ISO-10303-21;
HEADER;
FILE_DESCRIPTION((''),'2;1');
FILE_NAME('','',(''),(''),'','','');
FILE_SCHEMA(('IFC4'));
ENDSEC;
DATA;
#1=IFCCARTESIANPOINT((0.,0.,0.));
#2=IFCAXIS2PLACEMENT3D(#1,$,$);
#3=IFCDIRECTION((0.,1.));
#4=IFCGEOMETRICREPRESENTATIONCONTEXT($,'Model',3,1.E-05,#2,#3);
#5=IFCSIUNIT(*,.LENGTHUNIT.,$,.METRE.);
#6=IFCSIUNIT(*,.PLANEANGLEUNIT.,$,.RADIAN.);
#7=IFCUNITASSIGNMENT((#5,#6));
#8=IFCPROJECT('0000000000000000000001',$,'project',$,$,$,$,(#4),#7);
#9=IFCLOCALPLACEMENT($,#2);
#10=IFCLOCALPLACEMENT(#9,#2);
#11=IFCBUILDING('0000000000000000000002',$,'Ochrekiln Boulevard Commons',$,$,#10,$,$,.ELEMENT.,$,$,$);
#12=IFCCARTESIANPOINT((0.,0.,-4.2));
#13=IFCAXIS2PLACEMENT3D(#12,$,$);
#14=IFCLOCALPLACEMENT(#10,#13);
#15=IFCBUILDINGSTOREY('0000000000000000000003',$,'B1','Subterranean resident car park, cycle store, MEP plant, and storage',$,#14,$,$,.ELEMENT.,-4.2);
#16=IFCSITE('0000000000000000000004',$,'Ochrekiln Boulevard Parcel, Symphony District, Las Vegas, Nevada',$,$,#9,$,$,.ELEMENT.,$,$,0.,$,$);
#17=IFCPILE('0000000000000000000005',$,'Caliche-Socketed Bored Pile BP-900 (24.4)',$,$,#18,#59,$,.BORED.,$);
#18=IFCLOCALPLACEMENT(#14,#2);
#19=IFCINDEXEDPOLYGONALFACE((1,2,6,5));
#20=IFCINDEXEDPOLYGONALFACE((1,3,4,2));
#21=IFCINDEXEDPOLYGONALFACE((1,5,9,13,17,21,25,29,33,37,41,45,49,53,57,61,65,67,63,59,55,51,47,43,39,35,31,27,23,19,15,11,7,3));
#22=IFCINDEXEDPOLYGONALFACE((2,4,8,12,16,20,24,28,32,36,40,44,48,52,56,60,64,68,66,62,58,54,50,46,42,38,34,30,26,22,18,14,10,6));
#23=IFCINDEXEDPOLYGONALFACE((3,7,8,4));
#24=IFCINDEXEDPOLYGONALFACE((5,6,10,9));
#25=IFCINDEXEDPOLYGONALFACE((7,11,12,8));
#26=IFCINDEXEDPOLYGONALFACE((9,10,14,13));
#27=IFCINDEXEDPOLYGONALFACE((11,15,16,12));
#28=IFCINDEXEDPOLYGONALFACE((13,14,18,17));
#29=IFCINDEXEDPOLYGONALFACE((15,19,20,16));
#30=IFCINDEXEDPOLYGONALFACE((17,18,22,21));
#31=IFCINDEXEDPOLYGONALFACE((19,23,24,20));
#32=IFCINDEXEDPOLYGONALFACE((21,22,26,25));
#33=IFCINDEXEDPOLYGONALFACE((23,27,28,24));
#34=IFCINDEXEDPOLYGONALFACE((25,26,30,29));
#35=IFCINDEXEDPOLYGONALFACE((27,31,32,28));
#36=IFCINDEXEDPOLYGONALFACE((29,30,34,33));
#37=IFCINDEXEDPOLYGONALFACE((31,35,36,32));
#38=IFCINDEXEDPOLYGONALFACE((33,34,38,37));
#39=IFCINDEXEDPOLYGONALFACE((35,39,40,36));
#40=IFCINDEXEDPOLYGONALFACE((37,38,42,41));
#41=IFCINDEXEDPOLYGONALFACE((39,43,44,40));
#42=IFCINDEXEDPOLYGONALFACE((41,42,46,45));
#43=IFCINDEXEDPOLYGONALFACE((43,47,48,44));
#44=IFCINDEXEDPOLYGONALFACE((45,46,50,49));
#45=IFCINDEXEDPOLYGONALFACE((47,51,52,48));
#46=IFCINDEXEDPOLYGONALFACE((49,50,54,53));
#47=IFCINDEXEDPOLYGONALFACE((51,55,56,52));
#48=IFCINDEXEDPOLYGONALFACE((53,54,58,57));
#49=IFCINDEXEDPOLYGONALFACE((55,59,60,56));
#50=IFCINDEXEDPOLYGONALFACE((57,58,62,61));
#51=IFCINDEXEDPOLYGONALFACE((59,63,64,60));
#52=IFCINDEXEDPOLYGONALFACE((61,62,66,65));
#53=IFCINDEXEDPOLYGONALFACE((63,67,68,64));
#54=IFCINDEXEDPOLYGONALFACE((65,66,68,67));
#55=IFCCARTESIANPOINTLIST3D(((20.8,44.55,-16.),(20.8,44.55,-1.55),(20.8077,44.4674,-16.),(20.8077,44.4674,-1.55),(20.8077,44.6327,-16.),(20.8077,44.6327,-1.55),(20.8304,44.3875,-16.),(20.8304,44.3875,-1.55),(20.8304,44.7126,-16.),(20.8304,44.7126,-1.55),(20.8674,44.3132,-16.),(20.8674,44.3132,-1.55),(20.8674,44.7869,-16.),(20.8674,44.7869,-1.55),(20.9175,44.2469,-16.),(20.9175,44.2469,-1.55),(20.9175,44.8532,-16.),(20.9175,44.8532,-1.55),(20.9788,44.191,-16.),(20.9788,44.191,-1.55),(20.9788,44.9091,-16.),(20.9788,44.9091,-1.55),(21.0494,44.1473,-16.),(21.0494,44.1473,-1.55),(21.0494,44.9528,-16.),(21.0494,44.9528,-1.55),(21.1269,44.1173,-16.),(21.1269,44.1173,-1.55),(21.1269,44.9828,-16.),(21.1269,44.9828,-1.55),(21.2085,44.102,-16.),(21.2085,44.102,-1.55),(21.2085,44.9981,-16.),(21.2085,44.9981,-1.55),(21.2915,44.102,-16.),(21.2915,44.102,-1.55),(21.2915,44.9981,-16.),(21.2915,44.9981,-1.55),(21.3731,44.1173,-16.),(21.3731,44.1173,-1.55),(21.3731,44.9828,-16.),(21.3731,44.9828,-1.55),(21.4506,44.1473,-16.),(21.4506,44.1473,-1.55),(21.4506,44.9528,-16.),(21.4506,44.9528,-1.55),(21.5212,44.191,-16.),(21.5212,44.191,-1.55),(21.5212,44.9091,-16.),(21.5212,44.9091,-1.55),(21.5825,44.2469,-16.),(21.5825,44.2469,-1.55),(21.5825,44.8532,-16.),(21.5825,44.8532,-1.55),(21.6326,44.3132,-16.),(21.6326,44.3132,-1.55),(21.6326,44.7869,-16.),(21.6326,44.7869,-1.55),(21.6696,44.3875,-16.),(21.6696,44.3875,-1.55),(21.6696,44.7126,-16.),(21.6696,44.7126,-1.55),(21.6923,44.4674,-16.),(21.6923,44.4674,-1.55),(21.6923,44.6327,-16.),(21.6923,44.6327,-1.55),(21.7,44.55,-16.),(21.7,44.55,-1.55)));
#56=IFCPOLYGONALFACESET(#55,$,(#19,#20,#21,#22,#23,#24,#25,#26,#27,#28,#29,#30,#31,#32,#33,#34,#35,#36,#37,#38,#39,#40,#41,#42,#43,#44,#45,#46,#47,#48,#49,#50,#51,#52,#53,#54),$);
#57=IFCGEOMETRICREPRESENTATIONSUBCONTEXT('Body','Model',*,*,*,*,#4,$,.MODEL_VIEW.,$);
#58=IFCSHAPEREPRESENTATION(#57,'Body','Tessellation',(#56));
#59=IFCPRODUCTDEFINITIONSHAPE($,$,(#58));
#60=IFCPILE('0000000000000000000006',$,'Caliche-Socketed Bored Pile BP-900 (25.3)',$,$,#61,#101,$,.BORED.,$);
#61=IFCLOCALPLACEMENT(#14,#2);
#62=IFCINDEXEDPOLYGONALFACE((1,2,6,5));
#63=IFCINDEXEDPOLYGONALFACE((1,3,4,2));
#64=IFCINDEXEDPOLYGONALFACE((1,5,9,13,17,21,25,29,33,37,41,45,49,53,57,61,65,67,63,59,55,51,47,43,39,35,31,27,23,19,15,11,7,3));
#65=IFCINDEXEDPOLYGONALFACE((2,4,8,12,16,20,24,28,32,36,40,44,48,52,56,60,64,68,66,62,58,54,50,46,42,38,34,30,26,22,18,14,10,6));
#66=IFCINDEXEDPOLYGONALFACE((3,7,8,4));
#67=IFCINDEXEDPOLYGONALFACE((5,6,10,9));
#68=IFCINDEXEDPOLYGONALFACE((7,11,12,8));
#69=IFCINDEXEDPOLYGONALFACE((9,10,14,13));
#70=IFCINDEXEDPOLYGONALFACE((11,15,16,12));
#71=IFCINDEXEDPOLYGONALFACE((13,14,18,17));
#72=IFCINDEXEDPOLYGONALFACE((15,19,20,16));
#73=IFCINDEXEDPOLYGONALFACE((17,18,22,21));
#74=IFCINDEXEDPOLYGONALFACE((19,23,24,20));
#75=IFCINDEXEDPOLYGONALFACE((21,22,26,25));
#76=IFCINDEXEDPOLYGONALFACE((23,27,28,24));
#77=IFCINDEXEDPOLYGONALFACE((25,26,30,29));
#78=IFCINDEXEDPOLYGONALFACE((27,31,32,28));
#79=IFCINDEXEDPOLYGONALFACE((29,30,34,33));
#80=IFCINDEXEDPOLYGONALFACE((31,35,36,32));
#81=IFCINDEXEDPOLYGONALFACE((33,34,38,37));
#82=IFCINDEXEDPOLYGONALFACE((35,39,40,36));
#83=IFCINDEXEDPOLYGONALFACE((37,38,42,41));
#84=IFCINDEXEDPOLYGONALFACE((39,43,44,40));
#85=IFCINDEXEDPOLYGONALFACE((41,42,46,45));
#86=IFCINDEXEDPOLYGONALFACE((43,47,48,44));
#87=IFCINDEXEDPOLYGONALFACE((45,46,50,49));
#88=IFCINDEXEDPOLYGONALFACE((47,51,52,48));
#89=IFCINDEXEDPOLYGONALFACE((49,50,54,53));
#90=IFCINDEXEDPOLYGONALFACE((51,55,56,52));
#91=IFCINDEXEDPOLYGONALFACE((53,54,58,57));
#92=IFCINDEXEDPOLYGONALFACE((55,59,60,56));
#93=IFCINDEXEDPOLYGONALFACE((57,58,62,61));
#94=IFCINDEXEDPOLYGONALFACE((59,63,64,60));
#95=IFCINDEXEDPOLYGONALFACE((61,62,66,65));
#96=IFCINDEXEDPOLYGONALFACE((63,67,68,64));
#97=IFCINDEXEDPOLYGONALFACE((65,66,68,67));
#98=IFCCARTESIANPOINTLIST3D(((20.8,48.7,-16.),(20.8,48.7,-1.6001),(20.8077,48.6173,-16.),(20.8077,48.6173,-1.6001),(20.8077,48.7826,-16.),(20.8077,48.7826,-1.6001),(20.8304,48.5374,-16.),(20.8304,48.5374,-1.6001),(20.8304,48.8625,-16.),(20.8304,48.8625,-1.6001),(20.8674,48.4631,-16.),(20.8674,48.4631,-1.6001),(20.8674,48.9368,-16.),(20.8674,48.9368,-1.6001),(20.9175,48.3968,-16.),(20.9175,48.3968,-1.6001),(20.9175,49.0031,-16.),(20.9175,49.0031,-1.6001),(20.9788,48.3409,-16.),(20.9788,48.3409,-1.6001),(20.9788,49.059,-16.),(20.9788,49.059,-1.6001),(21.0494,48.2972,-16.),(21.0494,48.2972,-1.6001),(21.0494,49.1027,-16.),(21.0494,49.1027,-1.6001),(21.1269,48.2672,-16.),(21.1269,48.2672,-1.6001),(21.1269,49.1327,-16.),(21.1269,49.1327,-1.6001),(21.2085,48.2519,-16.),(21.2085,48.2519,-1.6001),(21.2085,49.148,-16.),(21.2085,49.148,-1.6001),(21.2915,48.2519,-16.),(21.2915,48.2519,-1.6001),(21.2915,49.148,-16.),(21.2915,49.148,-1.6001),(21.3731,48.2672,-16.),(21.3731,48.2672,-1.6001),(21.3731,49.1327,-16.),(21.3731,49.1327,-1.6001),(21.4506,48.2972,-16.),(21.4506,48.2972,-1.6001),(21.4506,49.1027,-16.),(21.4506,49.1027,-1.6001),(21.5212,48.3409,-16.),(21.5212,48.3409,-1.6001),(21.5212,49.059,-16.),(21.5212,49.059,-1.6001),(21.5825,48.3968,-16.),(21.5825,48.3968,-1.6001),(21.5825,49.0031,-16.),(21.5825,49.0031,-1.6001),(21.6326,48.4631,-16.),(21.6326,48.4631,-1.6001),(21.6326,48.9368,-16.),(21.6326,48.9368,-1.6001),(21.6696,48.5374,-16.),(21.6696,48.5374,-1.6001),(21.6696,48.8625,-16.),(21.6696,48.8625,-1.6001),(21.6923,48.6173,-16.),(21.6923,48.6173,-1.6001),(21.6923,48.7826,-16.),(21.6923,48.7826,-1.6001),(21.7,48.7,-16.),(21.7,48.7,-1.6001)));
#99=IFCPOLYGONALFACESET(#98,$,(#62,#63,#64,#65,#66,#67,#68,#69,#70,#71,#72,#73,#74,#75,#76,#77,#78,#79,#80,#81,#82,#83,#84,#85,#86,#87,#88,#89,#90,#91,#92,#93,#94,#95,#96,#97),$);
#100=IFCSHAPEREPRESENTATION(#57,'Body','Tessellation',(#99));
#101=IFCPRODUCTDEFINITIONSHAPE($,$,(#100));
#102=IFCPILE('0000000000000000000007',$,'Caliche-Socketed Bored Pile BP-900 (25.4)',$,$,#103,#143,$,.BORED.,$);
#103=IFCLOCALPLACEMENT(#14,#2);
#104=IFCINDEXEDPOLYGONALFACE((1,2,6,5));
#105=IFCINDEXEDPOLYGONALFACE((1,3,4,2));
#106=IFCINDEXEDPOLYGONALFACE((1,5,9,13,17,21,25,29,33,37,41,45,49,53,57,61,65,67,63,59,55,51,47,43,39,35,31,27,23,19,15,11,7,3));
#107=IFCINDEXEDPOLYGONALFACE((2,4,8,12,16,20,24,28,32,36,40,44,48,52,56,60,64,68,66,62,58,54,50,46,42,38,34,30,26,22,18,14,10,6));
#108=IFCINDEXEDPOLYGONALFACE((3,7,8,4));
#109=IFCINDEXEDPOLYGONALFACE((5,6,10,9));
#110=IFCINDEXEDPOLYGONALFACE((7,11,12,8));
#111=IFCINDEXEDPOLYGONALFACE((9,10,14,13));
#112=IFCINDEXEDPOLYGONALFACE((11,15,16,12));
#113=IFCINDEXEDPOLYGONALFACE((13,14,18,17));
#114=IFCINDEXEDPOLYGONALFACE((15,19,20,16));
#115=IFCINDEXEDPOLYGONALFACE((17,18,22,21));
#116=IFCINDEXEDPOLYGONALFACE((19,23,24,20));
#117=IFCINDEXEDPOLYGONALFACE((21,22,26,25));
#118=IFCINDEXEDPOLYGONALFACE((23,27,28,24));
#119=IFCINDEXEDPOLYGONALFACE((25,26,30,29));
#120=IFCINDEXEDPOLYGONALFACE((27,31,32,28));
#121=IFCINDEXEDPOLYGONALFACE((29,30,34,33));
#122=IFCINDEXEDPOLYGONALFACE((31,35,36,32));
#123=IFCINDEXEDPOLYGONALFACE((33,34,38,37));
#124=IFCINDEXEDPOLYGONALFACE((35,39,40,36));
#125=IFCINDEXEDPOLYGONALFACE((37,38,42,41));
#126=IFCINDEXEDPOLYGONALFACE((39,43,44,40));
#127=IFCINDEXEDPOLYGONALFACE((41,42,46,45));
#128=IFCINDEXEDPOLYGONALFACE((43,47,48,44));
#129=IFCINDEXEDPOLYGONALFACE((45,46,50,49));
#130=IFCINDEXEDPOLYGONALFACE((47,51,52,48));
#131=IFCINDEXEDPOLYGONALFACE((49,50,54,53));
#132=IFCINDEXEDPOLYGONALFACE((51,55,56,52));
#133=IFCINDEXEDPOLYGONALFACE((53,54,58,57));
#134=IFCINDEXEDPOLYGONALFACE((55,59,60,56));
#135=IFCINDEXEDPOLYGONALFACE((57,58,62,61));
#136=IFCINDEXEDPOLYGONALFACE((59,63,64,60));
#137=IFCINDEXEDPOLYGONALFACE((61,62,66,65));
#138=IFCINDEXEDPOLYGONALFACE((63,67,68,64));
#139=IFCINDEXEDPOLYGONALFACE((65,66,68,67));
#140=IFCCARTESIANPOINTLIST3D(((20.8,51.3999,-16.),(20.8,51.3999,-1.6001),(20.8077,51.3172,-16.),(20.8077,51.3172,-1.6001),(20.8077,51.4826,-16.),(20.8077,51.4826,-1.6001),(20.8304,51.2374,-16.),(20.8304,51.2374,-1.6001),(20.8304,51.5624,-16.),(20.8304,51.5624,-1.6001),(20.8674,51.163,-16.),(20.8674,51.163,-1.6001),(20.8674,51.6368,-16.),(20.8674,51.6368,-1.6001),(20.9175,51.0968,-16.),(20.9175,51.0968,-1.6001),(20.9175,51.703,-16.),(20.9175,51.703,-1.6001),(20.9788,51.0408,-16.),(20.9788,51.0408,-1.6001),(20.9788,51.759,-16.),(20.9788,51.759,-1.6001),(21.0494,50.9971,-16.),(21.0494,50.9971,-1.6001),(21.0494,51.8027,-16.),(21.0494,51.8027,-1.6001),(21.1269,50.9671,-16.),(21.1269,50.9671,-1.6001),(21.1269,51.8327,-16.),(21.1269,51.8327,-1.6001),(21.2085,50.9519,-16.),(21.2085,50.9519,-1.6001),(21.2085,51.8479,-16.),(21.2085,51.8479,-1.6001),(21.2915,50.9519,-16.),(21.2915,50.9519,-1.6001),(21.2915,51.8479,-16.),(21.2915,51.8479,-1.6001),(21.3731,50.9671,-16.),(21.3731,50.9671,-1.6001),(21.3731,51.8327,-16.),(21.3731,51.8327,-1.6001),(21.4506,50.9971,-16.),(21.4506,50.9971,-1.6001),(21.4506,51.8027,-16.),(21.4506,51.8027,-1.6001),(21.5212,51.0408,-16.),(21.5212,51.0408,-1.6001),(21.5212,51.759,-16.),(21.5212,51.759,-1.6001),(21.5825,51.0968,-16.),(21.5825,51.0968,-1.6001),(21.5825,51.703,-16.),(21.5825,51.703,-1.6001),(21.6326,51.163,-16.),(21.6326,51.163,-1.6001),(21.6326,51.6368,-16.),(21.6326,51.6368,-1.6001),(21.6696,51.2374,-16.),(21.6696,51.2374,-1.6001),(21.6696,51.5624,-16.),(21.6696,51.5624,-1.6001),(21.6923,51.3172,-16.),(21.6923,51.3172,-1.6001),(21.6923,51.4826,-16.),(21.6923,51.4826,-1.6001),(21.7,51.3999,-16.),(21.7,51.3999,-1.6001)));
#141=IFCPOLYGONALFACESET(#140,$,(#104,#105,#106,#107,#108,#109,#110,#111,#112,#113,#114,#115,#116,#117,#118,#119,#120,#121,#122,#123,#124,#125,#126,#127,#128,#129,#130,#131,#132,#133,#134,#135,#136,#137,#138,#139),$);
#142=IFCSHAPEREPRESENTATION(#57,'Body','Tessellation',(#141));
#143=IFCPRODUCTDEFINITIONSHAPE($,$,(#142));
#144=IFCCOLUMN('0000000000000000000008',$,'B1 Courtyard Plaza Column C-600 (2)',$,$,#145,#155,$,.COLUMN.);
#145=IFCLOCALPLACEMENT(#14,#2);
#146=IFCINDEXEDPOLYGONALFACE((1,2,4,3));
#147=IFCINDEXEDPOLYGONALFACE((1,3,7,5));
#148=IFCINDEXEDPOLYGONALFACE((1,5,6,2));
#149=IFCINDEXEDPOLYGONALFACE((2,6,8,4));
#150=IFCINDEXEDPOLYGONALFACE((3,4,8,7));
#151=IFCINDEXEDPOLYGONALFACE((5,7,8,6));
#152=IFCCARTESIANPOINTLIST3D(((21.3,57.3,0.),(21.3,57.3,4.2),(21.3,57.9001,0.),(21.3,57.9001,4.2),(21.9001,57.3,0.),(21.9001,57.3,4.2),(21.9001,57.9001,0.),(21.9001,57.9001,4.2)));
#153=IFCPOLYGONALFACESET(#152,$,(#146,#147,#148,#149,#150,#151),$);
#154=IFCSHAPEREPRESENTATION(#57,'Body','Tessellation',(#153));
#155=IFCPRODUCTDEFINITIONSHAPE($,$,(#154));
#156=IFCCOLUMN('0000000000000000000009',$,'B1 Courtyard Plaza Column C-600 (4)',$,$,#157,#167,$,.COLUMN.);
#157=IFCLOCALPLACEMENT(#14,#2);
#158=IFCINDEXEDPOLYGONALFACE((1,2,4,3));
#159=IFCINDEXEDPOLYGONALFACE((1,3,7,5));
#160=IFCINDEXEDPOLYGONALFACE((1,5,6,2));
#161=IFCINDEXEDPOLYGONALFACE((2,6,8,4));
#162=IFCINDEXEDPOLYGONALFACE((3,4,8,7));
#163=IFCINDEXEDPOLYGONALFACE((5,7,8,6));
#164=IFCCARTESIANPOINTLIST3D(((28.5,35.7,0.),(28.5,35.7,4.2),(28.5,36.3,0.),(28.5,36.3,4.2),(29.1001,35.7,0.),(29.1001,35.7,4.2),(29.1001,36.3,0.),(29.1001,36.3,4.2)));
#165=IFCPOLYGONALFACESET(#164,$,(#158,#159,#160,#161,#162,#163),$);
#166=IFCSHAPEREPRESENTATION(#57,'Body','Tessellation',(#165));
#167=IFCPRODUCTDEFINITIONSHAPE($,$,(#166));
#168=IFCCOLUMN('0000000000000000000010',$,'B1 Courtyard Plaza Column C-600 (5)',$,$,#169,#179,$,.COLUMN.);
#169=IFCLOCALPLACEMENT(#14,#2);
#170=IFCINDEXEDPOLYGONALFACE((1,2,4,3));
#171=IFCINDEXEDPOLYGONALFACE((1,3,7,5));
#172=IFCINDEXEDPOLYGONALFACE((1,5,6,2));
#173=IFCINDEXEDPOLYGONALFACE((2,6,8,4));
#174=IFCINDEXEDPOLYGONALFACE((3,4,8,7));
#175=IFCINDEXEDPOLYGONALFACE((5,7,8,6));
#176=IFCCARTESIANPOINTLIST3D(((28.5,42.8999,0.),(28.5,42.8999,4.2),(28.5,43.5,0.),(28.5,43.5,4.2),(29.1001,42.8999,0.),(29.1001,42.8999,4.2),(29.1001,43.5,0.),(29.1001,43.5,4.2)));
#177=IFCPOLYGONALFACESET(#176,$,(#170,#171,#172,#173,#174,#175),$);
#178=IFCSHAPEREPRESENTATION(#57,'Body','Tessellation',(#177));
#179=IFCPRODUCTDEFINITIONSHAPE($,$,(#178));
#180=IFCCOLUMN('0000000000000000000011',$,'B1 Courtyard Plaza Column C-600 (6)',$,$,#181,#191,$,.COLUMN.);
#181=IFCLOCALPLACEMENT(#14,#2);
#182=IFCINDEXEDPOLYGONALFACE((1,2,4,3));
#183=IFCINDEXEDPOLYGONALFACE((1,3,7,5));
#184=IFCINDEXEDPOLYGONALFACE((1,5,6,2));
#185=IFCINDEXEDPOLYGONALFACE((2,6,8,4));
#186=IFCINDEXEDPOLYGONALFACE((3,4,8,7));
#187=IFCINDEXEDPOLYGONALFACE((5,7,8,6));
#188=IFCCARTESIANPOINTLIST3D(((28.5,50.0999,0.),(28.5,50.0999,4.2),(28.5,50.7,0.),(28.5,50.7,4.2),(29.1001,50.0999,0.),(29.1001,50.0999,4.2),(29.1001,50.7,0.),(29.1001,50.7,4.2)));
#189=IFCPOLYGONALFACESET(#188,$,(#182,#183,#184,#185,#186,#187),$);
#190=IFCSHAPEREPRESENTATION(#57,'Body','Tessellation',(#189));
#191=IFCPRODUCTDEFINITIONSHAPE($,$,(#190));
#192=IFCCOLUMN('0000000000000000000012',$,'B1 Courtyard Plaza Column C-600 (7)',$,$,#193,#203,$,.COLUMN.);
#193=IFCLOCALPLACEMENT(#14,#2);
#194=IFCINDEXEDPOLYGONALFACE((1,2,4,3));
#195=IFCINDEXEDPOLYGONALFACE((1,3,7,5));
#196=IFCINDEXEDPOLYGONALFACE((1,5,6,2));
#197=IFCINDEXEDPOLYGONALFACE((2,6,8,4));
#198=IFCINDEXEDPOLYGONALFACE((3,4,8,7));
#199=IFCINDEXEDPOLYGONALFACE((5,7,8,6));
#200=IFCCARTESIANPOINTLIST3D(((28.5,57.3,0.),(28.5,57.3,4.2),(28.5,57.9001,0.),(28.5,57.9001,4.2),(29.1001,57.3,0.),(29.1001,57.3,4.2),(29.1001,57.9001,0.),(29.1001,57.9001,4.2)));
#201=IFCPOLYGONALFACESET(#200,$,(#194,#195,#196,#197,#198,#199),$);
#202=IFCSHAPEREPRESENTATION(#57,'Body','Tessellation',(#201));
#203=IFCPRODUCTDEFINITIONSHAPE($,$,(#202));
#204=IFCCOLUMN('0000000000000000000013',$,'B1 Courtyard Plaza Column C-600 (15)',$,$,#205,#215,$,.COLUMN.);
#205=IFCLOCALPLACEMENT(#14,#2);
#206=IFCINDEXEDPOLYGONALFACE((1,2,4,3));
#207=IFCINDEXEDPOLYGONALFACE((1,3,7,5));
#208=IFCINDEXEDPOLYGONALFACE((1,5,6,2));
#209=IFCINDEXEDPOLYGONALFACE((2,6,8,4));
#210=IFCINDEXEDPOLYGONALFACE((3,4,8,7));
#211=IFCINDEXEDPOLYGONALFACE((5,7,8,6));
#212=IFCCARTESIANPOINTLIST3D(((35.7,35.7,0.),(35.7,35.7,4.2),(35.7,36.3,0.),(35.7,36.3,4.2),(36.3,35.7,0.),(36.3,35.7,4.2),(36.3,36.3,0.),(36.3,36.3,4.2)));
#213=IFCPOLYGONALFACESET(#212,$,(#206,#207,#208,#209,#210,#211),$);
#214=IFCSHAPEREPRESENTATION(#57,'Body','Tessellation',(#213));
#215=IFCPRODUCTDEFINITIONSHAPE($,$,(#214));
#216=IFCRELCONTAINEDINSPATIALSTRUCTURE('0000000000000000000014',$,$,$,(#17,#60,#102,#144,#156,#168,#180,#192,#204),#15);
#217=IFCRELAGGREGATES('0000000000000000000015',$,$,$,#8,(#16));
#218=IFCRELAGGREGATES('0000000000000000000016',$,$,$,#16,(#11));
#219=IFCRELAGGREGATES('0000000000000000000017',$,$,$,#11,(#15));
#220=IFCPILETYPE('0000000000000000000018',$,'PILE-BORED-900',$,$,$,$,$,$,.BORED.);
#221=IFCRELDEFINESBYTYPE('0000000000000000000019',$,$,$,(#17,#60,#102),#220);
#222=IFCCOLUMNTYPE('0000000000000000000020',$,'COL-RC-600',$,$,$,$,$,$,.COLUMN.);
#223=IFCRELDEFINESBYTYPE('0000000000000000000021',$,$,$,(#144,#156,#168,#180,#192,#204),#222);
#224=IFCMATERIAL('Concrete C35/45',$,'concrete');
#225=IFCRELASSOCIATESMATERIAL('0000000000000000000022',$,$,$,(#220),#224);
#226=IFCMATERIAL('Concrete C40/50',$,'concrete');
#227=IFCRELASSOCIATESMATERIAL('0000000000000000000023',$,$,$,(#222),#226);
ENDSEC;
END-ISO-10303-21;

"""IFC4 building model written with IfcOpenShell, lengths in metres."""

from ifc_helpers import new_model, si_unit, direction, frame, origin, origin_2d, place, context, subcontext, project, spatial, rectangle, circle, extrude, material, material_profile, profile_set, type_object, element, save


model = new_model("IFC4")

# Units and contexts
model_context = context("Model", 3, precision=1e-05, world=origin(), true_north=direction((0.0, 1.0)))
body_context = subcontext(model_context, "Body", "Model", "MODEL_VIEW")
ifc_project = project(units=[si_unit("LENGTHUNIT", "METRE"), si_unit("PLANEANGLEUNIT", "RADIAN")], contexts=[model_context])

# Site, building, storey
site_placement = place(None, origin())
site = spatial("IfcSite", under=ifc_project, at=site_placement, Name="Ochrekiln Boulevard Parcel, Symphony District, Las Vegas, Nevada", CompositionType="ELEMENT", RefElevation=0.0)
building_placement = place(site_placement, origin())
building = spatial("IfcBuilding", under=site, at=building_placement, Name="Ochrekiln Boulevard Commons", CompositionType="ELEMENT")
storey_placement = place(building_placement, frame((0.0, 0.0, -4.2)))
storey = spatial("IfcBuildingStorey", under=building, at=storey_placement, Name="B1", Description="Subterranean resident car park, cycle store, MEP plant, and storage", CompositionType="ELEMENT", Elevation=-4.2)

# Shared definitions
ifc_material_1 = material(Name="Concrete C35/45", Category="concrete")

# Piles
ifc_material_profile_1 = material_profile(ifc_material_1, circle(Radius=0.45, at=origin_2d()), Name="PILE-D900")
ifc_profile_set_1 = profile_set([ifc_material_profile_1], Name="Concrete C35/45")
pile_type_1 = type_object("IfcPileType", Name="PILE-BORED-900", PredefinedType="BORED", material=ifc_profile_set_1)
pile_placement = place(storey_placement, frame((21.25, 44.55, -1.55), z_axis=(0.0, 0.0, -1.0), x_axis=(1.0, 0.0, 0.0)))
element("IfcPile", 1, at=pile_placement, inside=storey, type_object=pile_type_1, Name="Caliche-Socketed Bored Pile BP-900 (24.4)", PredefinedType="BORED", context=body_context, shape_type="SweptSolid", body=[
    extrude(circle(Radius=0.45, at=origin_2d()), origin(), (0.0, 0.0, 1.0), 14.45),
])
for number, where, z_axis, x_axis, name in (
    (2, (21.25, 48.7, -1.6001), (0.0, 0.0, -1.0), (1.0, 0.0, 0.0), "Caliche-Socketed Bored Pile BP-900 (25.3)"),
    (3, (21.25, 51.3999, -1.6001), (0.0, 0.0, -1.0), (1.0, 0.0, 0.0), "Caliche-Socketed Bored Pile BP-900 (25.4)"),
):
    element("IfcPile", number, at=place(storey_placement, frame(where, z_axis=z_axis, x_axis=x_axis)), inside=storey, type_object=pile_type_1, Name=name, PredefinedType="BORED", context=body_context, shape_type="SweptSolid", body=[
        extrude(circle(Radius=0.45, at=origin_2d()), origin(), (0.0, 0.0, 1.0), 14.3999),
    ])

# Columns
ifc_material_2 = material(Name="Concrete C40/50", Category="concrete")
ifc_material_profile_2 = material_profile(ifc_material_2, rectangle(XDim=0.6001, YDim=0.6001, at=origin_2d()), Name="RC-COL-600x600")
ifc_profile_set_2 = profile_set([ifc_material_profile_2], Name="Concrete C40/50")
column_type_1 = type_object("IfcColumnType", Name="COL-RC-600", PredefinedType="COLUMN", material=ifc_profile_set_2)
for number, where, z_axis, x_axis, name in (
    (4, (21.6001, 57.6001, 0.0), (0.0, 0.0, 1.0), (1.0, 0.0, 0.0), "B1 Courtyard Plaza Column C-600 (2)"),
    (5, (28.8, 36.0, 0.0), (0.0, 0.0, 1.0), (1.0, 0.0, 0.0), "B1 Courtyard Plaza Column C-600 (4)"),
    (6, (28.8, 43.2, 0.0), (0.0, 0.0, 1.0), (1.0, 0.0, 0.0), "B1 Courtyard Plaza Column C-600 (5)"),
    (7, (28.8, 50.3999, 0.0), (0.0, 0.0, 1.0), (1.0, 0.0, 0.0), "B1 Courtyard Plaza Column C-600 (6)"),
    (8, (28.8, 57.6001, 0.0), (0.0, 0.0, 1.0), (1.0, 0.0, 0.0), "B1 Courtyard Plaza Column C-600 (7)"),
    (9, (36.0, 36.0, 0.0), (0.0, 0.0, 1.0), (1.0, 0.0, 0.0), "B1 Courtyard Plaza Column C-600 (15)"),
):
    element("IfcColumn", number, at=place(storey_placement, frame(where, z_axis=z_axis, x_axis=x_axis)), inside=storey, type_object=column_type_1, Name=name, PredefinedType="COLUMN", context=body_context, shape_type="SweptSolid", body=[
        extrude(rectangle(XDim=0.6001, YDim=0.6001, at=origin_2d()), origin(), (0.0, 0.0, 1.0), 4.2),
    ])

save(model, "model.ifc")
